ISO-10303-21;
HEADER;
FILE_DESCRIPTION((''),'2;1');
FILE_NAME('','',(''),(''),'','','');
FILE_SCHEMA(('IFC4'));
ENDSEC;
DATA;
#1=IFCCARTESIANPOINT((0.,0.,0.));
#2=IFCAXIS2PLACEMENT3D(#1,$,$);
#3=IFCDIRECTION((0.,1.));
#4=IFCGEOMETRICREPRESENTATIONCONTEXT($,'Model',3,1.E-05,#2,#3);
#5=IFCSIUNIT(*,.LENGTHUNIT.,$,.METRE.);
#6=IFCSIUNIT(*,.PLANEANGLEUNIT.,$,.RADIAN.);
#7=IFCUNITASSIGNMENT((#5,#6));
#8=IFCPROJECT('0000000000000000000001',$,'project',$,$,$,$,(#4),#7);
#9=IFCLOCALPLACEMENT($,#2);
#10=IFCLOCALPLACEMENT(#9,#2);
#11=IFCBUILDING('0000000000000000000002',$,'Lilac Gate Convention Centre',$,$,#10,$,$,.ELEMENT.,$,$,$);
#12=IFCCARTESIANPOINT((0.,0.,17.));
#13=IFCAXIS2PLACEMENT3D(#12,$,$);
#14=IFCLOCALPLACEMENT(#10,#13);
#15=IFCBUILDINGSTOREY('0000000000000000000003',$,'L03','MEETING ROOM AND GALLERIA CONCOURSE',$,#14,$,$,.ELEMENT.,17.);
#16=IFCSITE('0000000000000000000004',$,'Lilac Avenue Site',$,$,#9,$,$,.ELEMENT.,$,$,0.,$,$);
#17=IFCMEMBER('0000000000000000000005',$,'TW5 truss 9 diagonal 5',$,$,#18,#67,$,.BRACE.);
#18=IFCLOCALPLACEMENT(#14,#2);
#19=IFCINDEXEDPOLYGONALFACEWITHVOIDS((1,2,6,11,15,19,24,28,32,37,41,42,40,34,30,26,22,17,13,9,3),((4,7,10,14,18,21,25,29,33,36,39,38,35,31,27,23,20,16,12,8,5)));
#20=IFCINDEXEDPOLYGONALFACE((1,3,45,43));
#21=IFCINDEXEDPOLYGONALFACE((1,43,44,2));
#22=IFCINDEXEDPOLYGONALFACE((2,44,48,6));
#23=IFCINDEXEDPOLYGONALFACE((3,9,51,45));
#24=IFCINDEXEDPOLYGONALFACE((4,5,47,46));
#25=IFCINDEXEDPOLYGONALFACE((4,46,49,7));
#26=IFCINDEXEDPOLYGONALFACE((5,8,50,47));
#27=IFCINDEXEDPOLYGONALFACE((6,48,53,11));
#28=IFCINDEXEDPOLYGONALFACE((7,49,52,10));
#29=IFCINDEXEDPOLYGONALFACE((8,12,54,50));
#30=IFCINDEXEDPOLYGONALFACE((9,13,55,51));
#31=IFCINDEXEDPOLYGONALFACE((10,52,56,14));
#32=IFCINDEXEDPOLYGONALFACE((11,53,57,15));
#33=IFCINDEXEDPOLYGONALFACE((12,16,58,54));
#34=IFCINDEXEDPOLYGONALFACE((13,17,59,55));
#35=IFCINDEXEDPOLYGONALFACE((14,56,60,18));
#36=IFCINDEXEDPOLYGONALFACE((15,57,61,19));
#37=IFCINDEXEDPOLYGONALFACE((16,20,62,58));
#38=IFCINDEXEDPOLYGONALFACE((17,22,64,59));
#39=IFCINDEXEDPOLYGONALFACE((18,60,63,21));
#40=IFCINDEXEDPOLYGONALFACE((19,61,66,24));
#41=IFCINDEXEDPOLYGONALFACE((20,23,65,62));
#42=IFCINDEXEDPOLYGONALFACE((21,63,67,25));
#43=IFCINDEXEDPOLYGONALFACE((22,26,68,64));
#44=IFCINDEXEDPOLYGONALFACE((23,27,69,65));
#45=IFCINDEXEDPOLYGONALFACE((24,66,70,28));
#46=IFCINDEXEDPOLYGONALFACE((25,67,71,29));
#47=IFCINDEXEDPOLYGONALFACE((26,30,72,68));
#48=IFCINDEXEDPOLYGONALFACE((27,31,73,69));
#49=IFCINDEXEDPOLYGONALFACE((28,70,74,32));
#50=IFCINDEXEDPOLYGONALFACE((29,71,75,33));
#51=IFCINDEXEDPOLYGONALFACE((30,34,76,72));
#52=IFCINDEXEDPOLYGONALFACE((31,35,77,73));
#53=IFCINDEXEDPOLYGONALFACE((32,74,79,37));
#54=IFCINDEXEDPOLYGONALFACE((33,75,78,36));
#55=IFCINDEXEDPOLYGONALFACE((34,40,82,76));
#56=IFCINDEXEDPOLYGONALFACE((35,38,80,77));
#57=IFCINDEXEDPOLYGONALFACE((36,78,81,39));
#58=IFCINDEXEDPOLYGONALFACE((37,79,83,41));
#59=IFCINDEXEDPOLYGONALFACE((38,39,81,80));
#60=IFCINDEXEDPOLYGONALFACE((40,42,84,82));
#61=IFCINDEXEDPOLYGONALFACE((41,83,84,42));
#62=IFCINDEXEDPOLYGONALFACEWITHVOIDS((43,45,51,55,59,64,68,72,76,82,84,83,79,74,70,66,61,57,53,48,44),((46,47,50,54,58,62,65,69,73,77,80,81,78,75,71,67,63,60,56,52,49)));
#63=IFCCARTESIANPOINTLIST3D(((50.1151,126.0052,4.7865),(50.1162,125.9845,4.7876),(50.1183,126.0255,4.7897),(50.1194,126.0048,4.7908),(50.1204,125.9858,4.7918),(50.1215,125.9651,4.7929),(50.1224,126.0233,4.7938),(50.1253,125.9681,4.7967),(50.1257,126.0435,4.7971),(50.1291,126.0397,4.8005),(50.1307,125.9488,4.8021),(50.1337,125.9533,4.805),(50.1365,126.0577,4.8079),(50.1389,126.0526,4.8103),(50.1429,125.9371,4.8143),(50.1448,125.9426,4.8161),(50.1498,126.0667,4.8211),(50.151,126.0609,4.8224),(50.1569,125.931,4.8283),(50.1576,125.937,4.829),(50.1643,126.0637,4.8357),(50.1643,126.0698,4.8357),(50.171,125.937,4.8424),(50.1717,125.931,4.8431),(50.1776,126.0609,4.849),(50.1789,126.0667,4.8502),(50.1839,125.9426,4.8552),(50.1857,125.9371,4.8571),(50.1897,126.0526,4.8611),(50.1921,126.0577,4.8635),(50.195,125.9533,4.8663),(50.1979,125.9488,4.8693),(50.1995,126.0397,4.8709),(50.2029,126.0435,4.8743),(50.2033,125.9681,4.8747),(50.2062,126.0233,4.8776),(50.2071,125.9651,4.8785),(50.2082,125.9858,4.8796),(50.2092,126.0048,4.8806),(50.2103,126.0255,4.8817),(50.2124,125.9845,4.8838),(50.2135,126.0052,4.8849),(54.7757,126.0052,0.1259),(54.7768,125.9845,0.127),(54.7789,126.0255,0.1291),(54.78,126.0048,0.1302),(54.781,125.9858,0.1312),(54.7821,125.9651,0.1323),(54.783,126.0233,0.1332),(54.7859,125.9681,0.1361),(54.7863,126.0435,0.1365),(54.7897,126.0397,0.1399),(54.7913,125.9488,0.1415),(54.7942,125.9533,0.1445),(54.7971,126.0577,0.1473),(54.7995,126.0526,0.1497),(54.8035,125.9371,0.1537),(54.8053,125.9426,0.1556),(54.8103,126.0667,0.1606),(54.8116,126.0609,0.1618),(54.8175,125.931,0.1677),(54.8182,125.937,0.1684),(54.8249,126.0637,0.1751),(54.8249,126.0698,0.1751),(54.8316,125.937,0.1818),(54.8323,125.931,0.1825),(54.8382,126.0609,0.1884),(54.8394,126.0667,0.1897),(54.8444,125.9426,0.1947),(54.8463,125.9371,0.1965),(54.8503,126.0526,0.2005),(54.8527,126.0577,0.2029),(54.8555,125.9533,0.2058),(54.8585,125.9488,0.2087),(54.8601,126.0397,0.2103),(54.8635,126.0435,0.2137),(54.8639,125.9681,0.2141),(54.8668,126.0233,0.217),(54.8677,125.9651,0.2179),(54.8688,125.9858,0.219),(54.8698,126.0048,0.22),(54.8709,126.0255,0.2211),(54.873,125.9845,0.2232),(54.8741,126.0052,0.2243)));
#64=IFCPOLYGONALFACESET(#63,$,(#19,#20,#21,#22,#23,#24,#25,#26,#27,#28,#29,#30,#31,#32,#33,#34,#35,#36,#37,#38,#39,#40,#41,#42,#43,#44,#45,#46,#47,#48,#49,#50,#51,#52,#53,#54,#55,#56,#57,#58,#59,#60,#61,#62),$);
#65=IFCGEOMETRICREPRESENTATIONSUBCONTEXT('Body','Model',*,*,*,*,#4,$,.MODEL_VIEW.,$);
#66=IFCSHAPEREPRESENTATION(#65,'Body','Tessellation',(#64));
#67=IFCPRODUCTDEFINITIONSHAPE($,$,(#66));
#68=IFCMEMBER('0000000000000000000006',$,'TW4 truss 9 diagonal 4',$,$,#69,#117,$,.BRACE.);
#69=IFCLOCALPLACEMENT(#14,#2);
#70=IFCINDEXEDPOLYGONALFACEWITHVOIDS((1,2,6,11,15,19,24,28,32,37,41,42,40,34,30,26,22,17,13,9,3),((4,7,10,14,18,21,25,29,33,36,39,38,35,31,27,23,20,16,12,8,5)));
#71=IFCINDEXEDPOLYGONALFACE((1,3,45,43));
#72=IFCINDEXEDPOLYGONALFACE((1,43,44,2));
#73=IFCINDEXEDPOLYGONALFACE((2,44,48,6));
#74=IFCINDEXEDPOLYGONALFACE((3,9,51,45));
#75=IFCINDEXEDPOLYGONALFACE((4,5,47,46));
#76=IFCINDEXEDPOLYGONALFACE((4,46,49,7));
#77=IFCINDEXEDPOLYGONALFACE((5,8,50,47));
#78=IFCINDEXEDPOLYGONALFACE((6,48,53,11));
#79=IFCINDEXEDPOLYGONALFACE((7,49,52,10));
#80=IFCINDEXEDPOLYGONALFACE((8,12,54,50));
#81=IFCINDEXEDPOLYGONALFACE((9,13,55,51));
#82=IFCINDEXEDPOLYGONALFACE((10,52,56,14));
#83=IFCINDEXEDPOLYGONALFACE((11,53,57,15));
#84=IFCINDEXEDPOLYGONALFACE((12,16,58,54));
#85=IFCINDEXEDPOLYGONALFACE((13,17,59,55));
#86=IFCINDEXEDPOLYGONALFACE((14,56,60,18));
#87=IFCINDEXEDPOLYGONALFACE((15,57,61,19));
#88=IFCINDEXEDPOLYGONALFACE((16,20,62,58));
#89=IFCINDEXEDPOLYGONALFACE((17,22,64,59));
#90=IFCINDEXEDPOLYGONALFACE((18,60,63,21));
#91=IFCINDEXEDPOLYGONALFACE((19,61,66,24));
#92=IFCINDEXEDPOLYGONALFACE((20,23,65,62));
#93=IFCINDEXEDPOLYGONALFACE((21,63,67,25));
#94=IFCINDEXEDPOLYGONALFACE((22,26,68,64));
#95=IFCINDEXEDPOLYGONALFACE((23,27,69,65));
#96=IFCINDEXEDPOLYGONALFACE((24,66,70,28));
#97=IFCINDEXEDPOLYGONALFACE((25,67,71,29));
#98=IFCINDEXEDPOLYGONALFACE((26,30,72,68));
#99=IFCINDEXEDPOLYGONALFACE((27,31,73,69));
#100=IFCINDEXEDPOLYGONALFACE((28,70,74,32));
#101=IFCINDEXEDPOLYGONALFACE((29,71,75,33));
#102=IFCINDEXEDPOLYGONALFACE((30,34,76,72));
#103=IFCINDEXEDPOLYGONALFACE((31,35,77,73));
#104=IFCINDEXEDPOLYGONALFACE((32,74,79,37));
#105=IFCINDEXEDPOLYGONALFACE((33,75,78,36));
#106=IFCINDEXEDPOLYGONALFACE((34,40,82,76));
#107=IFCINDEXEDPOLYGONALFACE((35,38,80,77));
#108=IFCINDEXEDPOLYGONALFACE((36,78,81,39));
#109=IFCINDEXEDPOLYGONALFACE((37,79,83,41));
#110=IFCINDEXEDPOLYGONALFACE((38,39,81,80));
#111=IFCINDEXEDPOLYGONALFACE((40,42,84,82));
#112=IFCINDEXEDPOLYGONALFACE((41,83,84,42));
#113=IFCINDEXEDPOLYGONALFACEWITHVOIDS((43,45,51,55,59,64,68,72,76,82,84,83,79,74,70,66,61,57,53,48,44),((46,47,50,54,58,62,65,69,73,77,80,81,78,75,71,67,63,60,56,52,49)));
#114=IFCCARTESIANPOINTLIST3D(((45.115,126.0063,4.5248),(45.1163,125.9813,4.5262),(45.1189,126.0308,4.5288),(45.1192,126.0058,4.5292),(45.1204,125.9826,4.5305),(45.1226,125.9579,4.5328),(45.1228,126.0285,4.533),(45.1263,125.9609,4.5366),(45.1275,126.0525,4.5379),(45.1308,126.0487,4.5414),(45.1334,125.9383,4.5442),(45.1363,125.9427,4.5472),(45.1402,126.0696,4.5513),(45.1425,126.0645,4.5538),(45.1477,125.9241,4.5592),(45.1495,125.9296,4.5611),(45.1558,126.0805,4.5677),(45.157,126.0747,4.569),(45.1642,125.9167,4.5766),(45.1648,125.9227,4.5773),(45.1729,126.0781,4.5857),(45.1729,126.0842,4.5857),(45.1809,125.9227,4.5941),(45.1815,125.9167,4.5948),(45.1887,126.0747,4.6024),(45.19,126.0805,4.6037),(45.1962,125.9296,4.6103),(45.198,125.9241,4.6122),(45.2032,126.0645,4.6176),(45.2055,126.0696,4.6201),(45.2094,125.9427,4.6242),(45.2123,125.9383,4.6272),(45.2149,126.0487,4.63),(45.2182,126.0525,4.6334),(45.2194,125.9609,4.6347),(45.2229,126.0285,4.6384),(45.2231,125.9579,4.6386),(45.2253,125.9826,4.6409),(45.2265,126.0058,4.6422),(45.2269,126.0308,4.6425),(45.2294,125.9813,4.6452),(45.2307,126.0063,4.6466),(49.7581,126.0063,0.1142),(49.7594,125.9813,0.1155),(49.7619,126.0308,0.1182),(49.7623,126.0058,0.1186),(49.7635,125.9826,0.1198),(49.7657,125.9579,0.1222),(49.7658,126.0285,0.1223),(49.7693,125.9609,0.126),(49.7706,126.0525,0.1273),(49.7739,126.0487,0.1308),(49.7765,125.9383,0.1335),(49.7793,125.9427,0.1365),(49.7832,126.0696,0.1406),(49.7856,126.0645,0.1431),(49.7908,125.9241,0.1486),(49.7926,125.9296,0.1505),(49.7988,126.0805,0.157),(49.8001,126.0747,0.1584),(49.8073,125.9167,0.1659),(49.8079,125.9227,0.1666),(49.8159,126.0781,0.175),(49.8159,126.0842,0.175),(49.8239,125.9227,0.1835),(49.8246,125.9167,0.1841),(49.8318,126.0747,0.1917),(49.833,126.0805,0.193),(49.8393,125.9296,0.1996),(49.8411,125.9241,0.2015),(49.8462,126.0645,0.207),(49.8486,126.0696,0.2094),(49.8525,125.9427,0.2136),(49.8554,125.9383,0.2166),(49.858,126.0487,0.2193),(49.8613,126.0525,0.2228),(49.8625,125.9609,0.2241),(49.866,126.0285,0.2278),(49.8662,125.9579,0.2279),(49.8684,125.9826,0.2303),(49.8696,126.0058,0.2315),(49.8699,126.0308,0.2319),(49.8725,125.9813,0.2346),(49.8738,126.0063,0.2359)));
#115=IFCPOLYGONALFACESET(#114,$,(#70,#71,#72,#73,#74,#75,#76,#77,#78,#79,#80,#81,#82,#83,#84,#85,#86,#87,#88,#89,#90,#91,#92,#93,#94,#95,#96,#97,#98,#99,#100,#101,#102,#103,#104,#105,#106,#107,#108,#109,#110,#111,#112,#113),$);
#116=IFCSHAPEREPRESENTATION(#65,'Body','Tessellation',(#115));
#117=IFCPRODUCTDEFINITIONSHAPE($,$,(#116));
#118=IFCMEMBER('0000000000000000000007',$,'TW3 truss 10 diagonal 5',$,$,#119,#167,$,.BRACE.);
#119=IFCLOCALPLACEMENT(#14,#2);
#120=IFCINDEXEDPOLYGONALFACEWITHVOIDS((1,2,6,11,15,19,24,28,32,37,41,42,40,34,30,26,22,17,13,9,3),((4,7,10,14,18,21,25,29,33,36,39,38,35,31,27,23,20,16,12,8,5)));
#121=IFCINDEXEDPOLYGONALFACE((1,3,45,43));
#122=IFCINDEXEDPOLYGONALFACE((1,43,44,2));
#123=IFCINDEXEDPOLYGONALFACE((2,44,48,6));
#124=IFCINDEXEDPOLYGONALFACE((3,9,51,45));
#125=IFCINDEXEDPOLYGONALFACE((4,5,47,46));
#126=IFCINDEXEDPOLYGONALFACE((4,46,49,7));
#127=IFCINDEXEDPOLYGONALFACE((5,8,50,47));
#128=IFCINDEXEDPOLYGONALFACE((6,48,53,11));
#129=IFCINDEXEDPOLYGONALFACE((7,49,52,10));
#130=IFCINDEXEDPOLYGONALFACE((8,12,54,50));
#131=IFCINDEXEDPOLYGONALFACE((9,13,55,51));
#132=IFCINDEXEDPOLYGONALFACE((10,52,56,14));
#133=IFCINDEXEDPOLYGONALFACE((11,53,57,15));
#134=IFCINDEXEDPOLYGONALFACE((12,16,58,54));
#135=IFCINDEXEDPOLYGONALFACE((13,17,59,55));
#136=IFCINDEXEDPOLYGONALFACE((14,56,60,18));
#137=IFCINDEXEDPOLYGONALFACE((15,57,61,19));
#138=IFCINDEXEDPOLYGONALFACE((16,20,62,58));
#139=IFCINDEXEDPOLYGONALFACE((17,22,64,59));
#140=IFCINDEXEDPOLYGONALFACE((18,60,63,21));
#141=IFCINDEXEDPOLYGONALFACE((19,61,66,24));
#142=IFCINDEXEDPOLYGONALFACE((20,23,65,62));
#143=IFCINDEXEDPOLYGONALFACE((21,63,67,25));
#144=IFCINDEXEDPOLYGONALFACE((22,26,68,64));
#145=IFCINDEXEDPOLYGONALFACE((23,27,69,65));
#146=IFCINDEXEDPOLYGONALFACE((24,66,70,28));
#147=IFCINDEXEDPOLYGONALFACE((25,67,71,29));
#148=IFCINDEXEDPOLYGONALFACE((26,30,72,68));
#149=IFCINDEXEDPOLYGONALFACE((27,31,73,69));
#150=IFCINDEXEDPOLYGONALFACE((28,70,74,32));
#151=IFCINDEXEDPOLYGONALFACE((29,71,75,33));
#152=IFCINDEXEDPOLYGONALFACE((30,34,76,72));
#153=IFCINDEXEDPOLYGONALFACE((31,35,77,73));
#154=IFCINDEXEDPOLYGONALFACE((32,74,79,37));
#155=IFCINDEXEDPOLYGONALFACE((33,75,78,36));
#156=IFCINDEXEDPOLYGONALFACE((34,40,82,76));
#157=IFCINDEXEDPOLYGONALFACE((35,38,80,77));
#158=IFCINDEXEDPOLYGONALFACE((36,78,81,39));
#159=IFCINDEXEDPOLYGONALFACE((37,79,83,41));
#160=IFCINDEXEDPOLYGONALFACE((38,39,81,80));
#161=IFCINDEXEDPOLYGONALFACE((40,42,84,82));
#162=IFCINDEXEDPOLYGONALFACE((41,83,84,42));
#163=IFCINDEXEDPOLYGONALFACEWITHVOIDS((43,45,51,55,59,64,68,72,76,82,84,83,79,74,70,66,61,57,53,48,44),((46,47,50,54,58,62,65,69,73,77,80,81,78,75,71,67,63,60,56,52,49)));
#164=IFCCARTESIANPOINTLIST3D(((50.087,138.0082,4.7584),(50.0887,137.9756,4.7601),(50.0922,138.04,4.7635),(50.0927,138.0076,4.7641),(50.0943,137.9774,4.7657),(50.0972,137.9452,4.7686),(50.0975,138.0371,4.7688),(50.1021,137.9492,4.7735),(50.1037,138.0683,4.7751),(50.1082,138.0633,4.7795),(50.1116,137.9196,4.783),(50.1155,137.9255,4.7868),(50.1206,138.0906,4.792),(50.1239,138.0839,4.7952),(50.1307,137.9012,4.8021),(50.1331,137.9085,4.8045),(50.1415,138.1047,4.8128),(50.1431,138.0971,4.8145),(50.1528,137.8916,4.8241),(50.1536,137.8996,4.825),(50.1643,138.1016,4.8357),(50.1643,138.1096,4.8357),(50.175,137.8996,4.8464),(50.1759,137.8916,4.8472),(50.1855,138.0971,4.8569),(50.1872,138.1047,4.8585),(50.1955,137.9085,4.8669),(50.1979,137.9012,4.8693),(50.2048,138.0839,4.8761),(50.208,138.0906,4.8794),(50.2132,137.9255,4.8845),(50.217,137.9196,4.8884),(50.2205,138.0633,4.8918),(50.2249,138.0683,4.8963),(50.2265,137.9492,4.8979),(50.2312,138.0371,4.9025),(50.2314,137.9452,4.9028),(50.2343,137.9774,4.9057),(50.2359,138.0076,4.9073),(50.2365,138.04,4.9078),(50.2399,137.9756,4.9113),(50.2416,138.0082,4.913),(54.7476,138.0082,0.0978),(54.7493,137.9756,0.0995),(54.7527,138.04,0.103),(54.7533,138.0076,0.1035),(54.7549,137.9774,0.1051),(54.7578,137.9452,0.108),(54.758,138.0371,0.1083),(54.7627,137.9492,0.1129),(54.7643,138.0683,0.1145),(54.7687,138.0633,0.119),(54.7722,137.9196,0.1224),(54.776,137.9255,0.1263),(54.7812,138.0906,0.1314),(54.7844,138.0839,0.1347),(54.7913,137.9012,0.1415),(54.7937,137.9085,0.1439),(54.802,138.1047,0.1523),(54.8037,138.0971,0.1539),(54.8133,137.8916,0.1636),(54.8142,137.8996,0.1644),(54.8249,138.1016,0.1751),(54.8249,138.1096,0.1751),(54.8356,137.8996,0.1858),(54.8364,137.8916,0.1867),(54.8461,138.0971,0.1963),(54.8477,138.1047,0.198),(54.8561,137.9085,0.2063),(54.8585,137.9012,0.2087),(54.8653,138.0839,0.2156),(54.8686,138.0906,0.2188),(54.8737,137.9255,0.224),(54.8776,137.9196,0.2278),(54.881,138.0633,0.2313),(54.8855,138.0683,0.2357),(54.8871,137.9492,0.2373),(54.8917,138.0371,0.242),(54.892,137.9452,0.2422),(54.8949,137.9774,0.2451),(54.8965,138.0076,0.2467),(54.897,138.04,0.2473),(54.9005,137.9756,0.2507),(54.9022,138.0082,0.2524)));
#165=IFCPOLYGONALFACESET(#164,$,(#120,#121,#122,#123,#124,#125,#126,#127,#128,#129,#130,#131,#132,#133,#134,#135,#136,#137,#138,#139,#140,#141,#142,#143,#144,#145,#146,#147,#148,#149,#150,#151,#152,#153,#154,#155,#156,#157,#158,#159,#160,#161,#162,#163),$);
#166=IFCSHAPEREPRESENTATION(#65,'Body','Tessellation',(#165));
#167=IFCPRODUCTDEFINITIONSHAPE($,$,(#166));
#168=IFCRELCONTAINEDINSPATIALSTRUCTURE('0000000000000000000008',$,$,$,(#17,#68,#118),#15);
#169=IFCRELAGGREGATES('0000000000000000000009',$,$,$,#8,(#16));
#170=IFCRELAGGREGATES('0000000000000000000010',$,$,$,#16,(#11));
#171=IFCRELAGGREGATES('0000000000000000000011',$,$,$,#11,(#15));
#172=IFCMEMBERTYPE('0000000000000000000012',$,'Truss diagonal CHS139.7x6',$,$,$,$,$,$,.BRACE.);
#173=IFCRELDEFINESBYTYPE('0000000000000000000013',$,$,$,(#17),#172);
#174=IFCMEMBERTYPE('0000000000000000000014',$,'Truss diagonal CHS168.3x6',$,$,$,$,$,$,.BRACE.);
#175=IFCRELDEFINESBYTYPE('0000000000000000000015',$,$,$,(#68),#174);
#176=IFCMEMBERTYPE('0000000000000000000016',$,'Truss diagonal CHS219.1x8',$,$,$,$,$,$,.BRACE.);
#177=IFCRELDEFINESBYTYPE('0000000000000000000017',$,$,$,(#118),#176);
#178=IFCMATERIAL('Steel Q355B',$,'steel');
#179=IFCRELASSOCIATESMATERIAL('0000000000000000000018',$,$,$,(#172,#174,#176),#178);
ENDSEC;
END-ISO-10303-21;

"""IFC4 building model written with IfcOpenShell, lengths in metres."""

from ifc_helpers import new_model, si_unit, direction, frame, origin, origin_2d, place, context, subcontext, project, spatial, hollow_circle, extrude, material, material_profile, profile_set, type_object, element, save


model = new_model("IFC4")

# Units and contexts
model_context = context("Model", 3, precision=1e-05, world=origin(), true_north=direction((0.0, 1.0)))
body_context = subcontext(model_context, "Body", "Model", "MODEL_VIEW")
ifc_project = project(units=[si_unit("LENGTHUNIT", "METRE"), si_unit("PLANEANGLEUNIT", "RADIAN")], contexts=[model_context])

# Site, building, storey
site_placement = place(None, origin())
site = spatial("IfcSite", under=ifc_project, at=site_placement, Name="Lilac Avenue Site", CompositionType="ELEMENT", RefElevation=0.0)
building_placement = place(site_placement, origin())
building = spatial("IfcBuilding", under=site, at=building_placement, Name="Lilac Gate Convention Centre", CompositionType="ELEMENT")
storey_placement = place(building_placement, frame((0.0, 0.0, 17.0)))
storey = spatial("IfcBuildingStorey", under=building, at=storey_placement, Name="L03", Description="MEETING ROOM AND GALLERIA CONCOURSE", CompositionType="ELEMENT", Elevation=17.0)

# Members
ifc_material = material(Name="Steel Q355B", Category="steel")
ifc_material_profile_1 = material_profile(ifc_material, hollow_circle(Radius=0.0698, WallThickness=0.0061, at=origin_2d()), Name="CHS139.7x6")
ifc_profile_set_1 = profile_set([ifc_material_profile_1], Name="Steel Q355B")
member_type_1 = type_object("IfcMemberType", Name="Truss diagonal CHS139.7x6", PredefinedType="BRACE", material=ifc_profile_set_1)
member_1_placement = place(storey_placement, frame((50.1643, 126.0, 4.8357), z_axis=(0.707107, 0.0, -0.707107), x_axis=(0.0, 1.0, 0.0)))
element("IfcMember", 1, at=member_1_placement, inside=storey, type_object=member_type_1, Name="TW5 truss 9 diagonal 5", PredefinedType="BRACE", context=body_context, shape_type="SweptSolid", body=[
    extrude(hollow_circle(Radius=0.0698, WallThickness=0.0061, at=origin_2d()), origin(), (0.0, 0.0, 1.0), 6.5911),
])
ifc_material_profile_2 = material_profile(ifc_material, hollow_circle(Radius=0.0842, WallThickness=0.0061, at=origin_2d()), Name="CHS168.3x6")
ifc_profile_set_2 = profile_set([ifc_material_profile_2], Name="Steel Q355B")
member_type_2 = type_object("IfcMemberType", Name="Truss diagonal CHS168.3x6", PredefinedType="BRACE", material=ifc_profile_set_2)
member_2_placement = place(storey_placement, frame((45.1729, 126.0, 4.5857), z_axis=(0.72502, 0.0, -0.688727), x_axis=(0.0, 1.0, 0.0)))
element("IfcMember", 2, at=member_2_placement, inside=storey, type_object=member_type_2, Name="TW4 truss 9 diagonal 4", PredefinedType="BRACE", context=body_context, shape_type="SweptSolid", body=[
    extrude(hollow_circle(Radius=0.0842, WallThickness=0.0061, at=origin_2d()), origin(), (0.0, 0.0, 1.0), 6.4041),
])
ifc_material_profile_3 = material_profile(ifc_material, hollow_circle(Radius=0.1096, WallThickness=0.0081, at=origin_2d()), Name="CHS219.1x8")
ifc_profile_set_3 = profile_set([ifc_material_profile_3], Name="Steel Q355B")
member_type_3 = type_object("IfcMemberType", Name="Truss diagonal CHS219.1x8", PredefinedType="BRACE", material=ifc_profile_set_3)
member_3_placement = place(storey_placement, frame((50.1643, 138.0, 4.8357), z_axis=(0.707107, 0.0, -0.707107), x_axis=(0.0, 1.0, 0.0)))
element("IfcMember", 3, at=member_3_placement, inside=storey, type_object=member_type_3, Name="TW3 truss 10 diagonal 5", PredefinedType="BRACE", context=body_context, shape_type="SweptSolid", body=[
    extrude(hollow_circle(Radius=0.1096, WallThickness=0.0081, at=origin_2d()), origin(), (0.0, 0.0, 1.0), 6.5911),
])

save(model, "model.ifc")
